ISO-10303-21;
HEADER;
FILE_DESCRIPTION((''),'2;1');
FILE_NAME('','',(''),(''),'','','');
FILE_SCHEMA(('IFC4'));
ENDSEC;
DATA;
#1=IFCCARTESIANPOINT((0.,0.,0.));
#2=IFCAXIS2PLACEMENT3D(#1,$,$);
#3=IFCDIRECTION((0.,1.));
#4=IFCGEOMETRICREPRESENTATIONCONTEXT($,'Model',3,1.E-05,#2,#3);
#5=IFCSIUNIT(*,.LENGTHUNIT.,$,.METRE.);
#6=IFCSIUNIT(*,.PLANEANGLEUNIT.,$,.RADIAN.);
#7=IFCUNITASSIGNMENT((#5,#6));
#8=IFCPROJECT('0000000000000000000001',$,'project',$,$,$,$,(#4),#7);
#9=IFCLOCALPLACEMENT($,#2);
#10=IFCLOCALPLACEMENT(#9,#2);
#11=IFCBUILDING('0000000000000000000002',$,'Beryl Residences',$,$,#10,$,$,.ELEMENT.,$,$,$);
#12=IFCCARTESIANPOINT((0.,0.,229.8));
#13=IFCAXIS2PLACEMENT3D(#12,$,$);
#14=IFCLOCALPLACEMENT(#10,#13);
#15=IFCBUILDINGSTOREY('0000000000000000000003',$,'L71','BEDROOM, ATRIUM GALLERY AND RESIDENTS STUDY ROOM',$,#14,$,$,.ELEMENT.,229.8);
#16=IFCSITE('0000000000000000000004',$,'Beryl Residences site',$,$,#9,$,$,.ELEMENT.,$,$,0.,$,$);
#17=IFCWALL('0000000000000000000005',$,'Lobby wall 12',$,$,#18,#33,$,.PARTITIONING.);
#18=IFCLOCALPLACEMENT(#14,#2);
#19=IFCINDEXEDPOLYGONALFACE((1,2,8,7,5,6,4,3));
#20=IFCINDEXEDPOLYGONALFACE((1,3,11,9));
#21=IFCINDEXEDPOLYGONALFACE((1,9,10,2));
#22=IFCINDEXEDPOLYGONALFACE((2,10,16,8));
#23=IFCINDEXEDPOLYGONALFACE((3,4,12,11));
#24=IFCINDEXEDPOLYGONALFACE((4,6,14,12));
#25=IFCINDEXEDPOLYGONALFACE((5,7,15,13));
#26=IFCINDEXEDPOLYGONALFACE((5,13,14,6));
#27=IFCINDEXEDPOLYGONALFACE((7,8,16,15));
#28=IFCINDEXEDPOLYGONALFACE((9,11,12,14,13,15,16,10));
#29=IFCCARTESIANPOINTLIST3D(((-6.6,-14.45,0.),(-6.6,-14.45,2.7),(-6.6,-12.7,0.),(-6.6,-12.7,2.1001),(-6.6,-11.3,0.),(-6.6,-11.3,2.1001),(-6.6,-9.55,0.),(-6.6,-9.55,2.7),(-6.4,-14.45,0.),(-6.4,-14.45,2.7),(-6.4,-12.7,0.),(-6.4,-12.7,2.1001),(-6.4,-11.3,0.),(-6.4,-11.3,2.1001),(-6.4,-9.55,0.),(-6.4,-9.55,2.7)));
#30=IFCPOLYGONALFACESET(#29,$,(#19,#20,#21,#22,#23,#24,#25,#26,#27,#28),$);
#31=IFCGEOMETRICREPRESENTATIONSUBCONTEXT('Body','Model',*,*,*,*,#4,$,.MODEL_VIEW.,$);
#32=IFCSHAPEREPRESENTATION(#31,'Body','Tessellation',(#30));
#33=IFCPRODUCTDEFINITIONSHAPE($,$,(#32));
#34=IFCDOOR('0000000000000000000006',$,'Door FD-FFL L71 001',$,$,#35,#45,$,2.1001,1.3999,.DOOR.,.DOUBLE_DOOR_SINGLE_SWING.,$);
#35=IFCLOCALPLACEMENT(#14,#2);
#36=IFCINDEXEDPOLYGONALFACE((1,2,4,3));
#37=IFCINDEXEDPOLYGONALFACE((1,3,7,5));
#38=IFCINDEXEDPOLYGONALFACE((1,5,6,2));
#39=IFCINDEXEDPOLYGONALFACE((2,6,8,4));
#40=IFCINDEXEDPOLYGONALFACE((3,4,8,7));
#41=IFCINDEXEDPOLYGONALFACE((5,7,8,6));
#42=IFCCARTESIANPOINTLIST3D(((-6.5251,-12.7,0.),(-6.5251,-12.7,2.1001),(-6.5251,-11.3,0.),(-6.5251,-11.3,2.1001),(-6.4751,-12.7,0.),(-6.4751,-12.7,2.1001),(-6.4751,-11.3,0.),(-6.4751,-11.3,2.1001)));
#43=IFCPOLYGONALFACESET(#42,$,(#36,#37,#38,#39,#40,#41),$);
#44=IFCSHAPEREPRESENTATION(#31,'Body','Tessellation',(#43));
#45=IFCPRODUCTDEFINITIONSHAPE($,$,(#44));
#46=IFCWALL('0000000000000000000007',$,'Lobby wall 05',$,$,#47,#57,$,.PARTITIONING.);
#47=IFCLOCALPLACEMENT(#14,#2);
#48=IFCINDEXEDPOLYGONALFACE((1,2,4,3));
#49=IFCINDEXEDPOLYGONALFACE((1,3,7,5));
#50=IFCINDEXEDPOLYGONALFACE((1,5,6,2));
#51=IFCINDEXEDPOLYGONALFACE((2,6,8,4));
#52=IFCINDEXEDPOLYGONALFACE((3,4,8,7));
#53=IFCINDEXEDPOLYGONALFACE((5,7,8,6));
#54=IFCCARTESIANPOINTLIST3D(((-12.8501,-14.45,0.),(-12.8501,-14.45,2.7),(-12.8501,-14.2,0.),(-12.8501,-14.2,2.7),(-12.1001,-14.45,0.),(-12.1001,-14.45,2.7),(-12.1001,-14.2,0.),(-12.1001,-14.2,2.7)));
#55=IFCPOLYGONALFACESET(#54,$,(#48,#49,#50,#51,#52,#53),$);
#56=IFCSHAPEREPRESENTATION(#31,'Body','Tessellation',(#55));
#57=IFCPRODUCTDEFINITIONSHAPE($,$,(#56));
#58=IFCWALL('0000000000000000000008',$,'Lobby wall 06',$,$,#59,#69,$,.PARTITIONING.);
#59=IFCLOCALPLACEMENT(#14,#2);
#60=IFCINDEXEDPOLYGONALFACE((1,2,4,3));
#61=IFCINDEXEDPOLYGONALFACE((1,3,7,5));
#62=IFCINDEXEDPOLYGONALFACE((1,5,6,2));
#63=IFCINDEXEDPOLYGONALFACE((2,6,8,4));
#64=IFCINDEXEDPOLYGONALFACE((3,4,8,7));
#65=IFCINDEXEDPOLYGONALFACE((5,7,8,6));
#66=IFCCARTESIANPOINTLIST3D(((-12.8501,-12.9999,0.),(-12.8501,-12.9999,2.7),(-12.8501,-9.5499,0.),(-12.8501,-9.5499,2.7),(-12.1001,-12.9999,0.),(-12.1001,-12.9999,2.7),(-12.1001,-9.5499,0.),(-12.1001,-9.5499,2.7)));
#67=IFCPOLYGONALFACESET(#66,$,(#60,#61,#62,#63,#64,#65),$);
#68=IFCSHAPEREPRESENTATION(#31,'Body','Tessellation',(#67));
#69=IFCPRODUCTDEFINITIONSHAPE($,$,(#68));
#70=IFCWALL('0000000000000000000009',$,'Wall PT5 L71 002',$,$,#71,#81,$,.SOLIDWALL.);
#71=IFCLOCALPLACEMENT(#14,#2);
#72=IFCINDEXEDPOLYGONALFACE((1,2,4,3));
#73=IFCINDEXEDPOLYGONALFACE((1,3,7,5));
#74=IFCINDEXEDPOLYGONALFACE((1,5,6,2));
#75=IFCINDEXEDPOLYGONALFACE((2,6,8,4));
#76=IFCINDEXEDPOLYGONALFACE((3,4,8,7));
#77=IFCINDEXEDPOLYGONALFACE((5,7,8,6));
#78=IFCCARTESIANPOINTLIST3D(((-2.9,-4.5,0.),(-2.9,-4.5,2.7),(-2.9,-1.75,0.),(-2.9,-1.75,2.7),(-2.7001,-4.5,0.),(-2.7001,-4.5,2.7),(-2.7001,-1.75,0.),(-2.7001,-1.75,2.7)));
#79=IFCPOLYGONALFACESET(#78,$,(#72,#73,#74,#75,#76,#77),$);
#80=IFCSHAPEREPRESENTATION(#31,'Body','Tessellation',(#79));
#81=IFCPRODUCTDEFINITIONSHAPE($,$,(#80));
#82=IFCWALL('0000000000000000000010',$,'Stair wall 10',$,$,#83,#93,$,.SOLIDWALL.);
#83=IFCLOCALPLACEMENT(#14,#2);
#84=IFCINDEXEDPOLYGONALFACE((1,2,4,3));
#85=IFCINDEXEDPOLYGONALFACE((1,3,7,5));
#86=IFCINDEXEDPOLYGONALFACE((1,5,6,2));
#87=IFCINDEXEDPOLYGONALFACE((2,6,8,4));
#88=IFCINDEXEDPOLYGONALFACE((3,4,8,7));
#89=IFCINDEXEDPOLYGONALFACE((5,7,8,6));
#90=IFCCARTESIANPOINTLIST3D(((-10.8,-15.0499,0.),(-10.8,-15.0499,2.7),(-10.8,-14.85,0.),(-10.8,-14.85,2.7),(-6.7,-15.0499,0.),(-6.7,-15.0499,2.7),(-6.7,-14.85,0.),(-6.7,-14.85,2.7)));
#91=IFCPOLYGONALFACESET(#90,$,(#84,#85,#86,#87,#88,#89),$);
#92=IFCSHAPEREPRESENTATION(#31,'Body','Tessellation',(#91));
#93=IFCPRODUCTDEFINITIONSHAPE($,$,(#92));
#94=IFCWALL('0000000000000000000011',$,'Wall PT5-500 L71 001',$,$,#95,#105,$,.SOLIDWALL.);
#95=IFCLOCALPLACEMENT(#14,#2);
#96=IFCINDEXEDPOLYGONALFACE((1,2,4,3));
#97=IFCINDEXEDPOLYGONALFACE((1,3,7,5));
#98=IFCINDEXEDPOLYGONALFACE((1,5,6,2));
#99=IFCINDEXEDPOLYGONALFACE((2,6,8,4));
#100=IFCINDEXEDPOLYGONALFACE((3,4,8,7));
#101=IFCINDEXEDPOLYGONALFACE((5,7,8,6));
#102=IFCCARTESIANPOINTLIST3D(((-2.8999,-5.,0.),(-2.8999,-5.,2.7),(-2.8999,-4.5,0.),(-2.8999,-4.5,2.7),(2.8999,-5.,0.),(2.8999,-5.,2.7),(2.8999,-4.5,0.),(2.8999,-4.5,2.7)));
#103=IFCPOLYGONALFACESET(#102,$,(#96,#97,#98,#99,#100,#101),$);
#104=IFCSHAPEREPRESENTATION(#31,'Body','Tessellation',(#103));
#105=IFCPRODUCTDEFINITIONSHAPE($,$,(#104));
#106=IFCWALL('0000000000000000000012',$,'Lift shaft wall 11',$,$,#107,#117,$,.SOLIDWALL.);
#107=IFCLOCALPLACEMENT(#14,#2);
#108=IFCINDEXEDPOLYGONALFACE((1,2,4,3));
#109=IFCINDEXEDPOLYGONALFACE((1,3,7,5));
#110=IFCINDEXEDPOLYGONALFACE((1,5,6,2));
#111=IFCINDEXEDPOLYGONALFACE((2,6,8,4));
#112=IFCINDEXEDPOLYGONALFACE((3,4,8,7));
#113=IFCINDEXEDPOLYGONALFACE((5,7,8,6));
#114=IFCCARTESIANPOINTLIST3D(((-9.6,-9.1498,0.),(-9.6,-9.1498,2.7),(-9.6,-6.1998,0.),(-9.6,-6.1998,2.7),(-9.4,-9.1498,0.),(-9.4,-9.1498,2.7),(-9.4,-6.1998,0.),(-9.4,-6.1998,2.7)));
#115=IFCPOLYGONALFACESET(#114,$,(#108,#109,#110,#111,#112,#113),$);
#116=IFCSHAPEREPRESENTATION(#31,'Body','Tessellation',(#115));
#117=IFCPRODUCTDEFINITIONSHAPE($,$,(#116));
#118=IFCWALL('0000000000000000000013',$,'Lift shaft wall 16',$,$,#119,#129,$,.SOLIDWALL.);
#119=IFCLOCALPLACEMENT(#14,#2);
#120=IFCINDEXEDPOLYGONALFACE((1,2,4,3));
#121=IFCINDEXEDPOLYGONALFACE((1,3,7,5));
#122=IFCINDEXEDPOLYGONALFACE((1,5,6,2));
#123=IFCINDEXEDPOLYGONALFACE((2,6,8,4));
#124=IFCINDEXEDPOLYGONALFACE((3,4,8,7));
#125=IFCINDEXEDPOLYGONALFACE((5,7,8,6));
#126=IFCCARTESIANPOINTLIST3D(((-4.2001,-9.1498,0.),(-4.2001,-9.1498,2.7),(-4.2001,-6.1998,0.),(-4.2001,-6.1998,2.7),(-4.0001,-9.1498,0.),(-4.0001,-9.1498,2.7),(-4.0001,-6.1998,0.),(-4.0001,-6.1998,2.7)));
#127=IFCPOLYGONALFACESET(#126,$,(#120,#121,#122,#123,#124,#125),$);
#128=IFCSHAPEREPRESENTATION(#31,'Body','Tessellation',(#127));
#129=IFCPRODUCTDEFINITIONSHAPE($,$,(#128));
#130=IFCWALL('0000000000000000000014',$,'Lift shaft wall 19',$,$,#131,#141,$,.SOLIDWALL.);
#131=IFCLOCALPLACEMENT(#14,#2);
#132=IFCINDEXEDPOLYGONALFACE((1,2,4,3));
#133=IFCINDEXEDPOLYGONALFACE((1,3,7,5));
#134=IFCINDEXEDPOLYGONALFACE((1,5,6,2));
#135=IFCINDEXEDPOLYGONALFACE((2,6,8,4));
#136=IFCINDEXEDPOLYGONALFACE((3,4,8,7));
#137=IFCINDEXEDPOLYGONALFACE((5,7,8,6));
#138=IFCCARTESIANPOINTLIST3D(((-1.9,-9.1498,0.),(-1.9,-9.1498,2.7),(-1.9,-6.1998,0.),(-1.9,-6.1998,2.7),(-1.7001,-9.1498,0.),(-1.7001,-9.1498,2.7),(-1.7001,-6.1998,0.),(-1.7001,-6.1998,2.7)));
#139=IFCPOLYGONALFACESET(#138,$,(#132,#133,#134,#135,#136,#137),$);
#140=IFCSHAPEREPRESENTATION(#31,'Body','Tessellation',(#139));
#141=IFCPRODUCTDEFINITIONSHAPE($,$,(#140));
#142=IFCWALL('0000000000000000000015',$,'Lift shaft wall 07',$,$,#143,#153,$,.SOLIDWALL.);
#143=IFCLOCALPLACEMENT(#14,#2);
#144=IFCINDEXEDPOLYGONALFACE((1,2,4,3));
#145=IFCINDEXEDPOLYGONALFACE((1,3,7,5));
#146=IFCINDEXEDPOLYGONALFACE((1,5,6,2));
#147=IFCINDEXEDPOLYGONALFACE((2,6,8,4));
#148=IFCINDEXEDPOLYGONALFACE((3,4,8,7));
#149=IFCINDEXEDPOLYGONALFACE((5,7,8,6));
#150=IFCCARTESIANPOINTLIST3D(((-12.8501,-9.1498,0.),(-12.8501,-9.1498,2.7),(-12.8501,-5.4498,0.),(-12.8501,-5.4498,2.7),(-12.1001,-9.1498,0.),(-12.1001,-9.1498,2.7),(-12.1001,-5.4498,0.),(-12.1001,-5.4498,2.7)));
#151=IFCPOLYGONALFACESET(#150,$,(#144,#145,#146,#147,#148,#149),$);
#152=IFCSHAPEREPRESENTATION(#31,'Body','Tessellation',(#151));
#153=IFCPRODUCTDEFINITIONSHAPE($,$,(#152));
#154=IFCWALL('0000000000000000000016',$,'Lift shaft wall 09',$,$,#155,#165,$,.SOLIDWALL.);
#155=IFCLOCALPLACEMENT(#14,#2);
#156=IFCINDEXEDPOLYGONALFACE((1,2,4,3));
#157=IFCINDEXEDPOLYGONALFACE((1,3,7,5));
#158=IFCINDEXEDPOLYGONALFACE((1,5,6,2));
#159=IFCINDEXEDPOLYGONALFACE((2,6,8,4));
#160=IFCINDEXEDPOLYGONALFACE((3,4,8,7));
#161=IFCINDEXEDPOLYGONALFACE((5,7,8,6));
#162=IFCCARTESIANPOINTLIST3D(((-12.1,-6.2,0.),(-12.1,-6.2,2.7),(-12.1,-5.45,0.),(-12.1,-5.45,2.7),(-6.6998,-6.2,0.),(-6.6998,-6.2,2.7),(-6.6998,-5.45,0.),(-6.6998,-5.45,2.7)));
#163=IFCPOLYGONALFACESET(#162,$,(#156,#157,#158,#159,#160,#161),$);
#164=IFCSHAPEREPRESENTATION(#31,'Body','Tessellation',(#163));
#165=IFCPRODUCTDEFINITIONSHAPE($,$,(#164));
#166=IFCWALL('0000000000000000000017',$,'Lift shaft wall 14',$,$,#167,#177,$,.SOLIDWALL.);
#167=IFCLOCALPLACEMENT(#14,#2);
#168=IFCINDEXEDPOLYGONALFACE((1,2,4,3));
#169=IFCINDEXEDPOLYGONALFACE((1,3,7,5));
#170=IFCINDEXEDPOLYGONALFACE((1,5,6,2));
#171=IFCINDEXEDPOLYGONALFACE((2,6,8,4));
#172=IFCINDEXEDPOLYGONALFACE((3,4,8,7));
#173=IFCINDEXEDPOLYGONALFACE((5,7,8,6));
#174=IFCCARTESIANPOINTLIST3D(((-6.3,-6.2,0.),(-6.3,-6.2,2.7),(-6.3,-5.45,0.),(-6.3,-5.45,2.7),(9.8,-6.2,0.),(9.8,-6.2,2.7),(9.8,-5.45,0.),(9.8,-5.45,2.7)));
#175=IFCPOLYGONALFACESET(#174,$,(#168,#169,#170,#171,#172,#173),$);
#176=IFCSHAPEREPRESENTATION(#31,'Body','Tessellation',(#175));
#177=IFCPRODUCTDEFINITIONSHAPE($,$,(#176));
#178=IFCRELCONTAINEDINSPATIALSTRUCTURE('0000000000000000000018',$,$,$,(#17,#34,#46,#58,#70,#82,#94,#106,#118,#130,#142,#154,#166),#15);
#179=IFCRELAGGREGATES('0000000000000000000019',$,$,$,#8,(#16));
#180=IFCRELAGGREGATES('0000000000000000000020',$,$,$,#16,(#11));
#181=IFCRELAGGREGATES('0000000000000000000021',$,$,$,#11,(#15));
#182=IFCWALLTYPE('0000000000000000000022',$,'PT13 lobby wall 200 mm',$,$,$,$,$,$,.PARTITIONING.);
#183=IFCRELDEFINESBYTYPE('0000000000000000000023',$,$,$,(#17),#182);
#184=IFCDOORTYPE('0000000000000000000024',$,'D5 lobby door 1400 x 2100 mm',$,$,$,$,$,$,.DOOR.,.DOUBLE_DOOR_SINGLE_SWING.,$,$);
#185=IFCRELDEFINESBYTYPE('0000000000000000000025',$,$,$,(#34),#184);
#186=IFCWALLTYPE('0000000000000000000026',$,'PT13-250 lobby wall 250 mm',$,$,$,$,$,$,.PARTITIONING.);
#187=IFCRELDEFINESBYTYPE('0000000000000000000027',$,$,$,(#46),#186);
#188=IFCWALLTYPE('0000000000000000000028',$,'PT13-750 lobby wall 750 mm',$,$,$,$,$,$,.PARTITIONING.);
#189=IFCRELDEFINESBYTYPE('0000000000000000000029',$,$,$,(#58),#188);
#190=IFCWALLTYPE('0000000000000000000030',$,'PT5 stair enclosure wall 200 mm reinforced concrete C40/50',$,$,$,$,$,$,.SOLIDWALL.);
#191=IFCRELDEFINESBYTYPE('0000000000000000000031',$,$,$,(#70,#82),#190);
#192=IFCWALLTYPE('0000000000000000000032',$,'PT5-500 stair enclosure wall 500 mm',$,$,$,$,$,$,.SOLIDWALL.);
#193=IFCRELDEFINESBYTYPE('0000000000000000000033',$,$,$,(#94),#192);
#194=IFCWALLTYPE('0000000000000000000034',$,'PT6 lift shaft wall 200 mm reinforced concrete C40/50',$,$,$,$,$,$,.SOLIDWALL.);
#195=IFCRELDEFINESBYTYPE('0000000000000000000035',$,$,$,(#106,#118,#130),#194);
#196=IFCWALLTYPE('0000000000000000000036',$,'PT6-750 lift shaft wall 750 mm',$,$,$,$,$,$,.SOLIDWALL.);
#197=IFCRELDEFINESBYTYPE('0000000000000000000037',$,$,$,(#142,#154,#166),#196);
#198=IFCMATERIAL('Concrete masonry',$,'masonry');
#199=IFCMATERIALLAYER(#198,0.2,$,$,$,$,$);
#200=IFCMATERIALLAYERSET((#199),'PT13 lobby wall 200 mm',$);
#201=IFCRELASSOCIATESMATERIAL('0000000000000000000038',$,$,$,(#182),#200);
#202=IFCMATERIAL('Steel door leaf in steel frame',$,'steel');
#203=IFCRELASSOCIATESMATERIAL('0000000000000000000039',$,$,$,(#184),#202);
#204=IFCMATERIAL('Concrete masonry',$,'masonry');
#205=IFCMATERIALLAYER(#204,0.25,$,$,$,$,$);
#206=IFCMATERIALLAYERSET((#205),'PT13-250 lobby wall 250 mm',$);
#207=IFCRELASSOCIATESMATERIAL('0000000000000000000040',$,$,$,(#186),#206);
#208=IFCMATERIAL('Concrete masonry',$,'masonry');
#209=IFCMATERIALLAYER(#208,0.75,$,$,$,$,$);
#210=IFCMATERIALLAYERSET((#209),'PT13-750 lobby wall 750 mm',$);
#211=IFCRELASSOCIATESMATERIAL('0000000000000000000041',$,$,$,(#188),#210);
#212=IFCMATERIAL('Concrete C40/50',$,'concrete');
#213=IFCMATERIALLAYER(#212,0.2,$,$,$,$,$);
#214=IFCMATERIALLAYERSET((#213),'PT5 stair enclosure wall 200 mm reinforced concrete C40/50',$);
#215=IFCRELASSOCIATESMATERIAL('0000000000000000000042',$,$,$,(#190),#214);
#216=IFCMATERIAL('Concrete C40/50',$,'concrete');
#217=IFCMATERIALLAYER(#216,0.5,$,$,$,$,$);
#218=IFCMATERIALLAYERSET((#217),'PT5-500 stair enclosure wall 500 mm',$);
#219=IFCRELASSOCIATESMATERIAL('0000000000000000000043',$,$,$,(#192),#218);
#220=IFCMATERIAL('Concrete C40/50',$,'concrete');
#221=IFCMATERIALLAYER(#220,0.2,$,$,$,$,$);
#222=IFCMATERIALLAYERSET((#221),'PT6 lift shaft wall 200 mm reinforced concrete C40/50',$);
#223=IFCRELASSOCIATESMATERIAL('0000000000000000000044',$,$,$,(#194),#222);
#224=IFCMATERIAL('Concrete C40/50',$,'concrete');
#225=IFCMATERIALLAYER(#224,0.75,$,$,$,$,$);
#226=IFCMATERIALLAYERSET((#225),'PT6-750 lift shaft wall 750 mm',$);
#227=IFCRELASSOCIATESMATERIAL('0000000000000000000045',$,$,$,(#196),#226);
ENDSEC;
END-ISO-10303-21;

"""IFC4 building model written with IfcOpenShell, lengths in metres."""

from ifc_helpers import new_model, si_unit, direction, frame, frame_2d, origin, place, context, subcontext, project, spatial, rectangle, extrude, material, layer, layer_set, type_object, element, fill, save


model = new_model("IFC4")

# Units and contexts
model_context = context("Model", 3, precision=1e-05, world=origin(), true_north=direction((0.0, 1.0)))
body_context = subcontext(model_context, "Body", "Model", "MODEL_VIEW")
ifc_project = project(units=[si_unit("LENGTHUNIT", "METRE"), si_unit("PLANEANGLEUNIT", "RADIAN")], contexts=[model_context])

# Site, building, storey
site_placement = place(None, origin())
site = spatial("IfcSite", under=ifc_project, at=site_placement, Name="Beryl Residences site", CompositionType="ELEMENT", RefElevation=0.0)
building_placement = place(site_placement, origin())
building = spatial("IfcBuilding", under=site, at=building_placement, Name="Beryl Residences", CompositionType="ELEMENT")
storey_placement = place(building_placement, frame((0.0, 0.0, 229.8)))
storey = spatial("IfcBuildingStorey", under=building, at=storey_placement, Name="L71", Description="BEDROOM, ATRIUM GALLERY AND RESIDENTS STUDY ROOM", CompositionType="ELEMENT", Elevation=229.8)

# Wall, opening, door
ifc_material_1 = material(Name="Concrete masonry", Category="masonry")
ifc_layer_1 = layer(ifc_material_1, 0.2)
ifc_layer_set_1 = layer_set([ifc_layer_1], Name="PT13 lobby wall 200 mm")
wall_type_1 = type_object("IfcWallType", Name="PT13 lobby wall 200 mm", PredefinedType="PARTITIONING", material=ifc_layer_set_1)
wall_1_placement = place(storey_placement, frame((-6.5, -14.45, 0.0), z_axis=(0.0, 0.0, 1.0), x_axis=(0.0, 1.0, 0.0)))
wall_1 = element("IfcWall", 1, at=wall_1_placement, inside=storey, type_object=wall_type_1, Name="Lobby wall 12", PredefinedType="PARTITIONING", context=body_context, shape_type="SweptSolid", body=[
    extrude(rectangle(XDim=4.8999, YDim=0.2, at=frame_2d((2.45, 0.0))), origin(), (0.0, 0.0, 1.0), 2.7),
])
opening_1_placement = place(wall_1_placement, frame((3.1499, 0.0, 0.0), z_axis=(0.0, 0.0, 1.0), x_axis=(-1.0, 0.0, 0.0)))
opening_1 = element("IfcOpeningElement", 2, at=opening_1_placement, cuts=wall_1, PredefinedType="OPENING", context=body_context, shape_type="SweptSolid", body=[
    extrude(rectangle(XDim=1.3999, YDim=2.1001, at=frame_2d((0.7, 1.05))), frame((0.0, 0.1099, 0.0), z_axis=(0.0, -1.0, 0.0), x_axis=(1.0, 0.0, 0.0)), (0.0, 0.0, 1.0), 0.22),
])
ifc_material_2 = material(Name="Steel door leaf in steel frame", Category="steel")
door_type_1 = type_object("IfcDoorType", Name="D5 lobby door 1400 x 2100 mm", OperationType="DOUBLE_DOOR_SINGLE_SWING", PredefinedType="DOOR", material=ifc_material_2)
door_1_placement = place(opening_1_placement, origin())
door_1 = element("IfcDoor", 3, at=door_1_placement, inside=storey, type_object=door_type_1, Name="Door FD-FFL L71 001", OperationType="DOUBLE_DOOR_SINGLE_SWING", OverallHeight=2.1001, OverallWidth=1.3999, PredefinedType="DOOR", context=body_context, shape_type="SweptSolid", body=[
    extrude(rectangle(XDim=1.3999, YDim=2.1001, at=frame_2d((0.7, 1.05))), frame((0.0, 0.0249, 0.0), z_axis=(0.0, -1.0, 0.0), x_axis=(1.0, 0.0, 0.0)), (0.0, 0.0, 1.0), 0.05),
])
fill(opening_1, door_1)

# Walls
ifc_material_3 = material(Name="Concrete masonry", Category="masonry")
ifc_layer_2 = layer(ifc_material_3, 0.25)
ifc_layer_set_2 = layer_set([ifc_layer_2], Name="PT13-250 lobby wall 250 mm")
wall_type_2 = type_object("IfcWallType", Name="PT13-250 lobby wall 250 mm", PredefinedType="PARTITIONING", material=ifc_layer_set_2)
wall_2_placement = place(storey_placement, frame((-12.8501, -14.325, 0.0), z_axis=(0.0, 0.0, 1.0), x_axis=(1.0, 0.0, 0.0)))
element("IfcWall", 4, at=wall_2_placement, inside=storey, type_object=wall_type_2, Name="Lobby wall 05", PredefinedType="PARTITIONING", context=body_context, shape_type="SweptSolid", body=[
    extrude(rectangle(XDim=0.75, YDim=0.25, at=frame_2d((0.375, 0.0))), origin(), (0.0, 0.0, 1.0), 2.7),
])
ifc_material_4 = material(Name="Concrete masonry", Category="masonry")
ifc_layer_3 = layer(ifc_material_4, 0.75)
ifc_layer_set_3 = layer_set([ifc_layer_3], Name="PT13-750 lobby wall 750 mm")
wall_type_3 = type_object("IfcWallType", Name="PT13-750 lobby wall 750 mm", PredefinedType="PARTITIONING", material=ifc_layer_set_3)
wall_3_placement = place(storey_placement, frame((-12.4751, -13.0, 0.0), z_axis=(0.0, 0.0, 1.0), x_axis=(0.0, 1.0, 0.0)))
element("IfcWall", 5, at=wall_3_placement, inside=storey, type_object=wall_type_3, Name="Lobby wall 06", PredefinedType="PARTITIONING", context=body_context, shape_type="SweptSolid", body=[
    extrude(rectangle(XDim=3.45, YDim=0.75, at=frame_2d((1.7251, 0.0))), origin(), (0.0, 0.0, 1.0), 2.7),
])
ifc_material_5 = material(Name="Concrete C40/50", Category="concrete")
ifc_layer_4 = layer(ifc_material_5, 0.2)
ifc_layer_set_4 = layer_set([ifc_layer_4], Name="PT5 stair enclosure wall 200 mm reinforced concrete C40/50")
wall_type_4 = type_object("IfcWallType", Name="PT5 stair enclosure wall 200 mm reinforced concrete C40/50", PredefinedType="SOLIDWALL", material=ifc_layer_set_4)
wall_4_placement = place(storey_placement, frame((-2.8, -4.5, 0.0), z_axis=(0.0, 0.0, 1.0), x_axis=(0.0, 1.0, 0.0)))
element("IfcWall", 6, at=wall_4_placement, inside=storey, type_object=wall_type_4, Name="Wall PT5 L71 002", PredefinedType="SOLIDWALL", context=body_context, shape_type="SweptSolid", body=[
    extrude(rectangle(XDim=2.75, YDim=0.2, at=frame_2d((1.375, 0.0))), origin(), (0.0, 0.0, 1.0), 2.7),
])
wall_5_placement = place(storey_placement, frame((-10.8, -14.95, 0.0), z_axis=(0.0, 0.0, 1.0), x_axis=(1.0, 0.0, 0.0)))
element("IfcWall", 7, at=wall_5_placement, inside=storey, type_object=wall_type_4, Name="Stair wall 10", PredefinedType="SOLIDWALL", context=body_context, shape_type="SweptSolid", body=[
    extrude(rectangle(XDim=4.1001, YDim=0.2, at=frame_2d((2.05, 0.0))), origin(), (0.0, 0.0, 1.0), 2.7),
])
ifc_material_6 = material(Name="Concrete C40/50", Category="concrete")
ifc_layer_5 = layer(ifc_material_6, 0.5)
ifc_layer_set_5 = layer_set([ifc_layer_5], Name="PT5-500 stair enclosure wall 500 mm")
wall_type_5 = type_object("IfcWallType", Name="PT5-500 stair enclosure wall 500 mm", PredefinedType="SOLIDWALL", material=ifc_layer_set_5)
wall_6_placement = place(storey_placement, frame((-2.8999, -4.75, 0.0), z_axis=(0.0, 0.0, 1.0), x_axis=(1.0, 0.0, 0.0)))
element("IfcWall", 8, at=wall_6_placement, inside=storey, type_object=wall_type_5, Name="Wall PT5-500 L71 001", PredefinedType="SOLIDWALL", context=body_context, shape_type="SweptSolid", body=[
    extrude(rectangle(XDim=5.7998, YDim=0.5, at=frame_2d((2.8999, 0.0))), origin(), (0.0, 0.0, 1.0), 2.7),
])
ifc_material_7 = material(Name="Concrete C40/50", Category="concrete")
ifc_layer_6 = layer(ifc_material_7, 0.2)
ifc_layer_set_6 = layer_set([ifc_layer_6], Name="PT6 lift shaft wall 200 mm reinforced concrete C40/50")
wall_type_6 = type_object("IfcWallType", Name="PT6 lift shaft wall 200 mm reinforced concrete C40/50", PredefinedType="SOLIDWALL", material=ifc_layer_set_6)
for number, where, z_axis, x_axis, name in (
    (9, (-9.5, -9.1499, 0.0), (0.0, 0.0, 1.0), (0.0, 1.0, 0.0), "Lift shaft wall 11"),
    (10, (-4.1001, -9.1499, 0.0), (0.0, 0.0, 1.0), (0.0, 1.0, 0.0), "Lift shaft wall 16"),
    (11, (-1.8, -9.1499, 0.0), (0.0, 0.0, 1.0), (0.0, 1.0, 0.0), "Lift shaft wall 19"),
):
    element("IfcWall", number, at=place(storey_placement, frame(where, z_axis=z_axis, x_axis=x_axis)), inside=storey, type_object=wall_type_6, Name=name, PredefinedType="SOLIDWALL", context=body_context, shape_type="SweptSolid", body=[
        extrude(rectangle(XDim=2.95, YDim=0.2, at=frame_2d((1.4751, 0.0))), origin(), (0.0, 0.0, 1.0), 2.7),
    ])
ifc_material_8 = material(Name="Concrete C40/50", Category="concrete")
ifc_layer_7 = layer(ifc_material_8, 0.75)
ifc_layer_set_7 = layer_set([ifc_layer_7], Name="PT6-750 lift shaft wall 750 mm")
wall_type_7 = type_object("IfcWallType", Name="PT6-750 lift shaft wall 750 mm", PredefinedType="SOLIDWALL", material=ifc_layer_set_7)
wall_7_placement = place(storey_placement, frame((-12.4751, -9.1499, 0.0), z_axis=(0.0, 0.0, 1.0), x_axis=(0.0, 1.0, 0.0)))
element("IfcWall", 12, at=wall_7_placement, inside=storey, type_object=wall_type_7, Name="Lift shaft wall 07", PredefinedType="SOLIDWALL", context=body_context, shape_type="SweptSolid", body=[
    extrude(rectangle(XDim=3.7, YDim=0.75, at=frame_2d((1.8501, 0.0))), origin(), (0.0, 0.0, 1.0), 2.7),
])
wall_8_placement = place(storey_placement, frame((-12.1001, -5.825, 0.0), z_axis=(0.0, 0.0, 1.0), x_axis=(1.0, 0.0, 0.0)))
element("IfcWall", 13, at=wall_8_placement, inside=storey, type_object=wall_type_7, Name="Lift shaft wall 09", PredefinedType="SOLIDWALL", context=body_context, shape_type="SweptSolid", body=[
    extrude(rectangle(XDim=5.4001, YDim=0.75, at=frame_2d((2.7002, 0.0))), origin(), (0.0, 0.0, 1.0), 2.7),
])
wall_9_placement = place(storey_placement, frame((-6.3, -5.825, 0.0), z_axis=(0.0, 0.0, 1.0), x_axis=(1.0, 0.0, 0.0)))
element("IfcWall", 14, at=wall_9_placement, inside=storey, type_object=wall_type_7, Name="Lift shaft wall 14", PredefinedType="SOLIDWALL", context=body_context, shape_type="SweptSolid", body=[
    extrude(rectangle(XDim=16.1001, YDim=0.75, at=frame_2d((8.05, 0.0))), origin(), (0.0, 0.0, 1.0), 2.7),
])

save(model, "model.ifc")
